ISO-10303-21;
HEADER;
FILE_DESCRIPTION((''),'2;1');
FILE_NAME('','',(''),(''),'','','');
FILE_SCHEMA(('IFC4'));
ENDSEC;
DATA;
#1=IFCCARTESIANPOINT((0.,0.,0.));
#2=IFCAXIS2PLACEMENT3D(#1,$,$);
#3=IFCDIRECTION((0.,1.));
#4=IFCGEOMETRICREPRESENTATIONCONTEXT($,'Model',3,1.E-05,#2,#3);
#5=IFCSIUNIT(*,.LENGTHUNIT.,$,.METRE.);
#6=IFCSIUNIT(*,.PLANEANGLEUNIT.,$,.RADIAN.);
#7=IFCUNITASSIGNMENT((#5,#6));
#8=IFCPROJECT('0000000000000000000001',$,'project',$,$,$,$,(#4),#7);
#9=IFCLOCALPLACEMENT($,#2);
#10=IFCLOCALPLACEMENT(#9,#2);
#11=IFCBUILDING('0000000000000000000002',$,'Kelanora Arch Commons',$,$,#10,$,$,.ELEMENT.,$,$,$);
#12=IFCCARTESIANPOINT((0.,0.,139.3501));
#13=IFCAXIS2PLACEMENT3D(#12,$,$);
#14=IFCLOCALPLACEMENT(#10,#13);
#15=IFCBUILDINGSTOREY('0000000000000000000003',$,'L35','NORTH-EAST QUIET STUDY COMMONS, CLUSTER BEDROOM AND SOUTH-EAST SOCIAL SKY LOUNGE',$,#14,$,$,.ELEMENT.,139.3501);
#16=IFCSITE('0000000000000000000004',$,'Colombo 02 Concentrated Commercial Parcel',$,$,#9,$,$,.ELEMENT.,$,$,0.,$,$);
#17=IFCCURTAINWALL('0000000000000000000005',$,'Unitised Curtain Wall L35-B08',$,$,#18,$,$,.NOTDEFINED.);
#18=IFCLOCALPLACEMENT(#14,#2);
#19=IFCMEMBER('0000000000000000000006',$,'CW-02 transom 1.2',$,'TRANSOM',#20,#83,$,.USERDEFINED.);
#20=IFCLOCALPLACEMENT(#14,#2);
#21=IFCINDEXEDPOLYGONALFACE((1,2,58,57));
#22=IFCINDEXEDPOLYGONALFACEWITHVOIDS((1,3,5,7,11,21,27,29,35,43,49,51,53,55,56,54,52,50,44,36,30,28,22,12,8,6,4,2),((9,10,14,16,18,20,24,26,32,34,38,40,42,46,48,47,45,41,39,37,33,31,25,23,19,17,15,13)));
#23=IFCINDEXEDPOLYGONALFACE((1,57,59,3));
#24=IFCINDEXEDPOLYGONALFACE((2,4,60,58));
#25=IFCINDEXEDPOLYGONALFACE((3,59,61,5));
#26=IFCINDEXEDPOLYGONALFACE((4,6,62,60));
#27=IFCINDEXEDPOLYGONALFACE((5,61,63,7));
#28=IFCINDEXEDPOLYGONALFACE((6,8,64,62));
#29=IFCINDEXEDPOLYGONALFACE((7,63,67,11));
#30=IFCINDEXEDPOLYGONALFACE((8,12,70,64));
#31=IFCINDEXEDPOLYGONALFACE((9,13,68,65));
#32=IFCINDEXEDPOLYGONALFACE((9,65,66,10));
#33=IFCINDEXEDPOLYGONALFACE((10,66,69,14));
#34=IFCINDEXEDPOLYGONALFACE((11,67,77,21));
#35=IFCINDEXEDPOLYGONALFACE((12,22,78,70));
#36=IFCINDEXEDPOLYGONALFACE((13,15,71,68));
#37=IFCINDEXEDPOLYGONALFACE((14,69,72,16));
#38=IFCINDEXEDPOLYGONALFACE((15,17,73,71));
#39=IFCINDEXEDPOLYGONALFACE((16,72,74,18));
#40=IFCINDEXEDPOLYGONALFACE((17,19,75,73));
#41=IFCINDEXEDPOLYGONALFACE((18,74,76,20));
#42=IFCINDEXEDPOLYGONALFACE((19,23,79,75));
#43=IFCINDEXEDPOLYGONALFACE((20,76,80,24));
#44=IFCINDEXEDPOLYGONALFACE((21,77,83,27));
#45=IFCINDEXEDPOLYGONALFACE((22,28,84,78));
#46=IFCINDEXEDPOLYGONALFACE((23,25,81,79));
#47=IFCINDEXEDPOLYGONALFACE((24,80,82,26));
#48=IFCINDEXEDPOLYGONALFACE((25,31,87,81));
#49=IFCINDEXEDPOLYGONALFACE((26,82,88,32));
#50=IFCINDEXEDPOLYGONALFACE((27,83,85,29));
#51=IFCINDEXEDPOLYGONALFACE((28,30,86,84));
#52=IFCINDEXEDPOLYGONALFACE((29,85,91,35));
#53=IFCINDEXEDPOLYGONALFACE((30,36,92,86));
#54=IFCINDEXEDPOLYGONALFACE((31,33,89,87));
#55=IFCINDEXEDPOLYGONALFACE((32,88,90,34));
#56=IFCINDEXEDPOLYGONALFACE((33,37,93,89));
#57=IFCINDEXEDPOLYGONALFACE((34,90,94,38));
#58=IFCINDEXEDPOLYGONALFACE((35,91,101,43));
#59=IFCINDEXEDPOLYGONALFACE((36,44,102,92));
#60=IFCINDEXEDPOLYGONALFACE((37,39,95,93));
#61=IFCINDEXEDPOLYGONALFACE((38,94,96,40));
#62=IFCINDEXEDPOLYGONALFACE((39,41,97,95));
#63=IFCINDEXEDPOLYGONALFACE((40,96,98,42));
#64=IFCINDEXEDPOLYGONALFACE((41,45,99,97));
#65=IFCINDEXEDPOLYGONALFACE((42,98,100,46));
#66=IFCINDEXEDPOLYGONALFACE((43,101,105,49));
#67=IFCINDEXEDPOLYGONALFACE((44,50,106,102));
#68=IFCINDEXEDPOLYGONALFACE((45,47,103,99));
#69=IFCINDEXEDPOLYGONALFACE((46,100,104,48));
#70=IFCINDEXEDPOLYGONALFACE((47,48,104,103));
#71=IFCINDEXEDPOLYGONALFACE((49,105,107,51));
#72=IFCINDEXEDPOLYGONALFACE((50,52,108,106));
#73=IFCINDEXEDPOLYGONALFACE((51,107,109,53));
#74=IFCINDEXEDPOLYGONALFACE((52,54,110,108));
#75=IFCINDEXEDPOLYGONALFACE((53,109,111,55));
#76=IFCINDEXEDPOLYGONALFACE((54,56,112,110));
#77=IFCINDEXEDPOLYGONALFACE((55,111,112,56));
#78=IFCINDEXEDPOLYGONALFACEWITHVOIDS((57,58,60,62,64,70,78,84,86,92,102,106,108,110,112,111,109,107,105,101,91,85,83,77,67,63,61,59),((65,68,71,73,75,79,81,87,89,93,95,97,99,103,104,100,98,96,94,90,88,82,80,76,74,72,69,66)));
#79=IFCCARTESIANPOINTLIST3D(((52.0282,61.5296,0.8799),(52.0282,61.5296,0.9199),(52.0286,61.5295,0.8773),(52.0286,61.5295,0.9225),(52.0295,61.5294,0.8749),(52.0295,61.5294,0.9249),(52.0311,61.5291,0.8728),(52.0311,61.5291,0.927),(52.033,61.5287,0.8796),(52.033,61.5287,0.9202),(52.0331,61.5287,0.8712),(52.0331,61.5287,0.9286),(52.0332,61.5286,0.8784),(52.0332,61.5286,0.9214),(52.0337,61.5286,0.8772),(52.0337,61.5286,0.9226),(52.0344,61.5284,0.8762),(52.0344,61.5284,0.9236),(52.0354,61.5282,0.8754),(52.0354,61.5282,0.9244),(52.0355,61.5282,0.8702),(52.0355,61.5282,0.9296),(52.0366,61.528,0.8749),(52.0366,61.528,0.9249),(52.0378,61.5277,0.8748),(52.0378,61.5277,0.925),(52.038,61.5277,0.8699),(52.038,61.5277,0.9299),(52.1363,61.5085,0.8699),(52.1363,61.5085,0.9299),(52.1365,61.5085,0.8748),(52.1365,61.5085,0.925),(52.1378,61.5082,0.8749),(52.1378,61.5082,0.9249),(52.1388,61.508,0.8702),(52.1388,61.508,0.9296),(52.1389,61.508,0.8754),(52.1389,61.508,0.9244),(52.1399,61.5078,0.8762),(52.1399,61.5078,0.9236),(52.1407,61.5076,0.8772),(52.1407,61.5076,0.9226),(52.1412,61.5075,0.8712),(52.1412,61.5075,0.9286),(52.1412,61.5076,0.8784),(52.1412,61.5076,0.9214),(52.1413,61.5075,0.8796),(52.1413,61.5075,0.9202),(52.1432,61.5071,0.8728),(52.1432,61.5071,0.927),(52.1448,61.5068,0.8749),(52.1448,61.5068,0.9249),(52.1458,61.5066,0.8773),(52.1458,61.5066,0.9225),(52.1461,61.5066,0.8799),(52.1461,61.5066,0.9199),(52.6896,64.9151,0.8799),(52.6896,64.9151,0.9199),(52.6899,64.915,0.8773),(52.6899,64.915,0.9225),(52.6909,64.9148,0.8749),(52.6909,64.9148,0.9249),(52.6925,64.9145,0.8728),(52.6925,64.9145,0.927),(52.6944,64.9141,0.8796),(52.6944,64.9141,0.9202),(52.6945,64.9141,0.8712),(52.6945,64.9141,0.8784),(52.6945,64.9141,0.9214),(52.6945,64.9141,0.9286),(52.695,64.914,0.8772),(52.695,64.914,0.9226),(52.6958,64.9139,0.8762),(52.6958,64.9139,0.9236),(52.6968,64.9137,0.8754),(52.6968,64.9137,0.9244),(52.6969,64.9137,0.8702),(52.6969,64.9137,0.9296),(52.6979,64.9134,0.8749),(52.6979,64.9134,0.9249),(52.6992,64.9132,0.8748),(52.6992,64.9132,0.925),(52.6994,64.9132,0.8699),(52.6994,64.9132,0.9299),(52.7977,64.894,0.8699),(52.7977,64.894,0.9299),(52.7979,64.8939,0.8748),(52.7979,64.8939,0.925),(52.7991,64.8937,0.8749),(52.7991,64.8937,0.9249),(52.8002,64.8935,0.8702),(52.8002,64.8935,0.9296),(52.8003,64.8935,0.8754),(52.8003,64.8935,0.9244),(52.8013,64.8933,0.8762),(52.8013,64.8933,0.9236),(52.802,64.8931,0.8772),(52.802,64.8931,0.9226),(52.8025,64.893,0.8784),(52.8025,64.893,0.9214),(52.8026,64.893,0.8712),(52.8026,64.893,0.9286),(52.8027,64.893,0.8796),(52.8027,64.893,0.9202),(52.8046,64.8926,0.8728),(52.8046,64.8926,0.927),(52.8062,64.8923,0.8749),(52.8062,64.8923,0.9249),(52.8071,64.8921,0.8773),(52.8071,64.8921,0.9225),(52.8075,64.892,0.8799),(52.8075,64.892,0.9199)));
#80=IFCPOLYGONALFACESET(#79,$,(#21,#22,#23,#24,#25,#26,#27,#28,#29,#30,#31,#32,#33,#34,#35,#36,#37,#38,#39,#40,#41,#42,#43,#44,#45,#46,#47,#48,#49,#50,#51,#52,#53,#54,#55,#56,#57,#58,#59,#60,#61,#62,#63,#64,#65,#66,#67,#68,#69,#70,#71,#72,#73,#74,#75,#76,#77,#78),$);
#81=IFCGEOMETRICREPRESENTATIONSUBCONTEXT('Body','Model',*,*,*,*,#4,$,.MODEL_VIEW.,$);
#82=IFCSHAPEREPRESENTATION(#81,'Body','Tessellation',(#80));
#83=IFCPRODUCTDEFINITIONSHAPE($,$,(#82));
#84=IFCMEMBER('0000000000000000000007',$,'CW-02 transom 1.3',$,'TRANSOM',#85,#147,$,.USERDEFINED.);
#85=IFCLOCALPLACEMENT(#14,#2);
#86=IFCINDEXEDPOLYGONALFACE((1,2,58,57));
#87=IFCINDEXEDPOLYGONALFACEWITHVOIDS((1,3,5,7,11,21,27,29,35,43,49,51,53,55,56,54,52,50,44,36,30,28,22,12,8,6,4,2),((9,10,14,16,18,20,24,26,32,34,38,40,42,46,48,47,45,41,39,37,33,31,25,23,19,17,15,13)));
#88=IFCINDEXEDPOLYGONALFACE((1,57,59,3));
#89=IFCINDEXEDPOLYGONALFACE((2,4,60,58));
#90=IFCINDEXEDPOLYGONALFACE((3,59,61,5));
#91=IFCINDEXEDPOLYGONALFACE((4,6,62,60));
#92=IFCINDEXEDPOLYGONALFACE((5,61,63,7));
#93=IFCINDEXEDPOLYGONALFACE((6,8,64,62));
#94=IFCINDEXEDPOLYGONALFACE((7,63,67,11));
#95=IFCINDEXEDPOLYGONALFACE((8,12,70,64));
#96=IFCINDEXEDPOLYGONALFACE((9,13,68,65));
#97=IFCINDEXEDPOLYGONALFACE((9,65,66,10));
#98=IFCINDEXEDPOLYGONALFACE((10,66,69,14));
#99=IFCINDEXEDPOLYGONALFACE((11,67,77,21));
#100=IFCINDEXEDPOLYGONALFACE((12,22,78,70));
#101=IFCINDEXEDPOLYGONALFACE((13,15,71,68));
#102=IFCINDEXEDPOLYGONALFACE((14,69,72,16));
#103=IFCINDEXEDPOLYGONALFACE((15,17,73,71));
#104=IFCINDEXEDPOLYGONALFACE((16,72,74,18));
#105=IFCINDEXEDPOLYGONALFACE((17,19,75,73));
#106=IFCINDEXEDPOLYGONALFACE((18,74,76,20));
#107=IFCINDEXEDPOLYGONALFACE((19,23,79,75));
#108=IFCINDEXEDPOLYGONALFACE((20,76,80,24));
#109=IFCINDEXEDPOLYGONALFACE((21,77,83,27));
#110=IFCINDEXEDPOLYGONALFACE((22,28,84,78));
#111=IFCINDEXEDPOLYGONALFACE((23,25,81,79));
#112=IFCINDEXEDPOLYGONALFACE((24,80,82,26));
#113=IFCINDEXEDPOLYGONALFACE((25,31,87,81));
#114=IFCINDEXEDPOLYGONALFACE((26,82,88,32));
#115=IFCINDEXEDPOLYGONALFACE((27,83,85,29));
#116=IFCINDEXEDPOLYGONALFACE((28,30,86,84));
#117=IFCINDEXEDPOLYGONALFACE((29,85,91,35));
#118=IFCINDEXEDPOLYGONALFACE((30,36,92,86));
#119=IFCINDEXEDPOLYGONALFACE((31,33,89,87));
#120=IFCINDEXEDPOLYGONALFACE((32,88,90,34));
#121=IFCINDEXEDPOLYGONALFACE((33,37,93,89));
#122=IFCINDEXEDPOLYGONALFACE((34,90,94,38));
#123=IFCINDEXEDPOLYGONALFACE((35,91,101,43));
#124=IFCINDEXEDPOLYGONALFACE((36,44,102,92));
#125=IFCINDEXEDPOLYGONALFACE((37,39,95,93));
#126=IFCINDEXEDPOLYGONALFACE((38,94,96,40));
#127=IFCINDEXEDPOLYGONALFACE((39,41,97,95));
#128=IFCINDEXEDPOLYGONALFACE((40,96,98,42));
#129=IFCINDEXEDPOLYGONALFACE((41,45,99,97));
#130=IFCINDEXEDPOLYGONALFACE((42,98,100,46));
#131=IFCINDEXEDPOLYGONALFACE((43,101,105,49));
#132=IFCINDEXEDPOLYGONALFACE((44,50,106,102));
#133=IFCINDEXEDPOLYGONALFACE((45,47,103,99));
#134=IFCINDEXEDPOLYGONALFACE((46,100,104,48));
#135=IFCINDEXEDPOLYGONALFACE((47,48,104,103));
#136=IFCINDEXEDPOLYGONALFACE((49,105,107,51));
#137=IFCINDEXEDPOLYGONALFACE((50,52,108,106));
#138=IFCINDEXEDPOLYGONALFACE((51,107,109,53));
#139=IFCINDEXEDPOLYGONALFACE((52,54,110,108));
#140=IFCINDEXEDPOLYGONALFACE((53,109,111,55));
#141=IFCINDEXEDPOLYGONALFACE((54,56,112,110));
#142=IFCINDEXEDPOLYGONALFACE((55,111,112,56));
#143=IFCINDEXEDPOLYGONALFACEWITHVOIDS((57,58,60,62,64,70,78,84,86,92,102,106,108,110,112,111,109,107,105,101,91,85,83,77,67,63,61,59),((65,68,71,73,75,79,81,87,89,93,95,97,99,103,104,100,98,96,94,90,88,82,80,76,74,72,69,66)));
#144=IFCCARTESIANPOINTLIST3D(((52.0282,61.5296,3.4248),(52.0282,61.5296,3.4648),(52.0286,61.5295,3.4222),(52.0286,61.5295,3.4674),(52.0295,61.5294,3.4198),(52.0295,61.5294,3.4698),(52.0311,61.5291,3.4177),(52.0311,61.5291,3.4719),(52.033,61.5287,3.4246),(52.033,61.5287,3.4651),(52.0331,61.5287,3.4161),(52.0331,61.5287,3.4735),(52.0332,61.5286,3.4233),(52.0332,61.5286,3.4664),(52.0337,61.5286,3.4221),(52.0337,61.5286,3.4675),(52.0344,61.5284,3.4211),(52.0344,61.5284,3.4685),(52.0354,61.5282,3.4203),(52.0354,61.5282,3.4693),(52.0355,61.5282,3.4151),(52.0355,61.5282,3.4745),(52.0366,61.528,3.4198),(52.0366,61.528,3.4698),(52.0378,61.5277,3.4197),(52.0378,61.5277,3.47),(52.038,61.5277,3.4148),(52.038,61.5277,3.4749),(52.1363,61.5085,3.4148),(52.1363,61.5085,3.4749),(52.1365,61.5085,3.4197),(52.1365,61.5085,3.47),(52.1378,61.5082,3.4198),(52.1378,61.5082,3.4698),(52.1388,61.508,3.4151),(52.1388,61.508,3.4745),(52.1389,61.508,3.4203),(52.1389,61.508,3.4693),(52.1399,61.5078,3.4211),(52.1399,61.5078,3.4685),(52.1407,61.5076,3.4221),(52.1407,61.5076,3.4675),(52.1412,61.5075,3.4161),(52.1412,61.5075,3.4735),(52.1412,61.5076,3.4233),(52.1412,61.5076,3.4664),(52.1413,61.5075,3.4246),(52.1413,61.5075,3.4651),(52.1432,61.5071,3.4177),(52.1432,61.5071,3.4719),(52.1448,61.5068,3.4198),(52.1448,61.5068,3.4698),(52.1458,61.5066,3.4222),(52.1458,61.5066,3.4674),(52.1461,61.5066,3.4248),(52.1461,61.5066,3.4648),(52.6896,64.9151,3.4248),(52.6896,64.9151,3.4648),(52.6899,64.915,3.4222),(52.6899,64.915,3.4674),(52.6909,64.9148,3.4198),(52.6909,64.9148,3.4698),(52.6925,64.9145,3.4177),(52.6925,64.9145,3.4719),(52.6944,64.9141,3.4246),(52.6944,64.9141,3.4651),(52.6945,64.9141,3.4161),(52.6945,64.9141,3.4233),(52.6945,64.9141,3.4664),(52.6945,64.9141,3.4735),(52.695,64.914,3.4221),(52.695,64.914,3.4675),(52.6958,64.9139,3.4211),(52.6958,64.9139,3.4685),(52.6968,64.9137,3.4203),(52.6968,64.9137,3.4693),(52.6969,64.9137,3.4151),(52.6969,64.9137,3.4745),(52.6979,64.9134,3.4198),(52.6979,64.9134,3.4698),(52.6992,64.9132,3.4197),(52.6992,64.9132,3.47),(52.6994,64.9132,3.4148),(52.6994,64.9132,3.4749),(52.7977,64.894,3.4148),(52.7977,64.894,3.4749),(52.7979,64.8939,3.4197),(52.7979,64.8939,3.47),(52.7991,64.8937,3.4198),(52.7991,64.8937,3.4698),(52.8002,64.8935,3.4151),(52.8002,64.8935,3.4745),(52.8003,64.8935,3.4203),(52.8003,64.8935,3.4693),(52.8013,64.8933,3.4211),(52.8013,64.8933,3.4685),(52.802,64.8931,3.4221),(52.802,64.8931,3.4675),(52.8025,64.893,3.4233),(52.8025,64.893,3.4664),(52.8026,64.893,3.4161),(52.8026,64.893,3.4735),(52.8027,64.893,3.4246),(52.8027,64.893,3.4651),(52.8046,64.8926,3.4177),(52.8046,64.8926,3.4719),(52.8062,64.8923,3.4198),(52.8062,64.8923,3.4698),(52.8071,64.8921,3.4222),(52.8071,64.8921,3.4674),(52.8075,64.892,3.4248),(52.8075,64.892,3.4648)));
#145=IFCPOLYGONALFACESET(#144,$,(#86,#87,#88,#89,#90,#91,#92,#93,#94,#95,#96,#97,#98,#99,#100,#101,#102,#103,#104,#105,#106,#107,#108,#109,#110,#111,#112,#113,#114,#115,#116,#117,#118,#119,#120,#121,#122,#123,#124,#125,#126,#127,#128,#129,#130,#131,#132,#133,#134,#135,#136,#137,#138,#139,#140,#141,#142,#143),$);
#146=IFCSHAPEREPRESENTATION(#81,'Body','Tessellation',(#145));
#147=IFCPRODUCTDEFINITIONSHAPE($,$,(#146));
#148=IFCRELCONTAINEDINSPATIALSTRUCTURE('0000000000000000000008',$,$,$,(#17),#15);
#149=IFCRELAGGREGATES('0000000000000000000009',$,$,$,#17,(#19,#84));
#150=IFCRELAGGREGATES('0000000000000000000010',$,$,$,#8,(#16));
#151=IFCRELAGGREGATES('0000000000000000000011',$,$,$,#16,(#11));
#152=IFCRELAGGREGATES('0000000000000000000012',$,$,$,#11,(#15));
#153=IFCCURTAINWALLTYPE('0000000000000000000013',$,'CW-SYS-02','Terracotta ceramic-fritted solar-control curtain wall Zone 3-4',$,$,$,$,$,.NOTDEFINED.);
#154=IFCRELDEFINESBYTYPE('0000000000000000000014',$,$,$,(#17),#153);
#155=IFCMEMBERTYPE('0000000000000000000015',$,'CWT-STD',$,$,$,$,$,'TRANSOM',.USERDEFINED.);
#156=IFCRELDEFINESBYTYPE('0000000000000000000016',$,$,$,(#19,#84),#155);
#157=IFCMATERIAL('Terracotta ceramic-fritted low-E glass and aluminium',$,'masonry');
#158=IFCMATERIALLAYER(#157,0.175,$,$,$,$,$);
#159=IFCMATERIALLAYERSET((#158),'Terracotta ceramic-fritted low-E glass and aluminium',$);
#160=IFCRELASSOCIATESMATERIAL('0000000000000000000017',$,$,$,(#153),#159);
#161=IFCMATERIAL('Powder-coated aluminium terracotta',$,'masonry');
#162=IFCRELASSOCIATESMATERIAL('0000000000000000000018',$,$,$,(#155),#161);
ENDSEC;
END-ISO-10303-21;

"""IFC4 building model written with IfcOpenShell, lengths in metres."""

from ifc_helpers import new_model, si_unit, direction, frame, origin, origin_2d, place, context, subcontext, project, spatial, hollow_rectangle, extrude, material, layer, layer_set, material_profile, profile_set, type_object, element, aggregate, save


model = new_model("IFC4")

# Units and contexts
model_context = context("Model", 3, precision=1e-05, world=origin(), true_north=direction((0.0, 1.0)))
body_context = subcontext(model_context, "Body", "Model", "MODEL_VIEW")
ifc_project = project(units=[si_unit("LENGTHUNIT", "METRE"), si_unit("PLANEANGLEUNIT", "RADIAN")], contexts=[model_context])

# Site, building, storey
site_placement = place(None, origin())
site = spatial("IfcSite", under=ifc_project, at=site_placement, Name="Colombo 02 Concentrated Commercial Parcel", CompositionType="ELEMENT", RefElevation=0.0)
building_placement = place(site_placement, origin())
building = spatial("IfcBuilding", under=site, at=building_placement, Name="Kelanora Arch Commons", CompositionType="ELEMENT")
storey_placement = place(building_placement, frame((0.0, 0.0, 139.3501)))
storey = spatial("IfcBuildingStorey", under=building, at=storey_placement, Name="L35", Description="NORTH-EAST QUIET STUDY COMMONS, CLUSTER BEDROOM AND SOUTH-EAST SOCIAL SKY LOUNGE", CompositionType="ELEMENT", Elevation=139.3501)

# Curtain wall, members
ifc_material_1 = material(Name="Terracotta ceramic-fritted low-E glass and aluminium", Category="masonry")
ifc_layer_1 = layer(ifc_material_1, 0.175)
ifc_layer_set_1 = layer_set([ifc_layer_1], Name="Terracotta ceramic-fritted low-E glass and aluminium")
curtain_wall_type = type_object("IfcCurtainWallType", Name="CW-SYS-02", Description="Terracotta ceramic-fritted solar-control curtain wall Zone 3-4", PredefinedType="NOTDEFINED", material=ifc_layer_set_1)
curtain_wall_placement = place(storey_placement, origin())
curtain_wall = element("IfcCurtainWall", 1, at=curtain_wall_placement, inside=storey, type_object=curtain_wall_type, Name="Unitised Curtain Wall L35-B08", PredefinedType="NOTDEFINED")
ifc_material_2 = material(Name="Powder-coated aluminium terracotta", Category="masonry")
ifc_material_profile_1 = material_profile(ifc_material_2, hollow_rectangle(XDim=0.1201, YDim=0.0601, WallThickness=0.0049, InnerFilletRadius=0.0049, OuterFilletRadius=0.01, at=origin_2d()), Name="CWT120x60")
ifc_profile_set_1 = profile_set([ifc_material_profile_1], Name="Powder-coated aluminium terracotta")
member_type_1 = type_object("IfcMemberType", Name="CWT-STD", ElementType="TRANSOM", PredefinedType="USERDEFINED", material=ifc_profile_set_1)
member_1_placement = place(storey_placement, frame((52.7485, 64.9036, 0.8999), z_axis=(-0.191732, -0.981447, 0.0), x_axis=(0.981447, -0.191732, 0.0)))
member_1 = element("IfcMember", 2, at=member_1_placement, type_object=member_type_1, Name="CW-02 transom 1.2", ObjectType="TRANSOM", PredefinedType="USERDEFINED", context=body_context, shape_type="SweptSolid", body=[
    extrude(hollow_rectangle(XDim=0.1201, YDim=0.0601, WallThickness=0.0049, InnerFilletRadius=0.0049, OuterFilletRadius=0.01, at=origin_2d()), origin(), (0.0, 0.0, 1.0), 3.4495),
])
member_2_placement = place(storey_placement, frame((52.7485, 64.9036, 3.4448), z_axis=(-0.191732, -0.981447, 0.0), x_axis=(0.981447, -0.191732, 0.0)))
member_2 = element("IfcMember", 3, at=member_2_placement, type_object=member_type_1, Name="CW-02 transom 1.3", ObjectType="TRANSOM", PredefinedType="USERDEFINED", context=body_context, shape_type="SweptSolid", body=[
    extrude(hollow_rectangle(XDim=0.1201, YDim=0.0601, WallThickness=0.0049, InnerFilletRadius=0.0049, OuterFilletRadius=0.01, at=origin_2d()), origin(), (0.0, 0.0, 1.0), 3.4495),
])
aggregate(curtain_wall, [member_1, member_2])

save(model, "model.ifc")
